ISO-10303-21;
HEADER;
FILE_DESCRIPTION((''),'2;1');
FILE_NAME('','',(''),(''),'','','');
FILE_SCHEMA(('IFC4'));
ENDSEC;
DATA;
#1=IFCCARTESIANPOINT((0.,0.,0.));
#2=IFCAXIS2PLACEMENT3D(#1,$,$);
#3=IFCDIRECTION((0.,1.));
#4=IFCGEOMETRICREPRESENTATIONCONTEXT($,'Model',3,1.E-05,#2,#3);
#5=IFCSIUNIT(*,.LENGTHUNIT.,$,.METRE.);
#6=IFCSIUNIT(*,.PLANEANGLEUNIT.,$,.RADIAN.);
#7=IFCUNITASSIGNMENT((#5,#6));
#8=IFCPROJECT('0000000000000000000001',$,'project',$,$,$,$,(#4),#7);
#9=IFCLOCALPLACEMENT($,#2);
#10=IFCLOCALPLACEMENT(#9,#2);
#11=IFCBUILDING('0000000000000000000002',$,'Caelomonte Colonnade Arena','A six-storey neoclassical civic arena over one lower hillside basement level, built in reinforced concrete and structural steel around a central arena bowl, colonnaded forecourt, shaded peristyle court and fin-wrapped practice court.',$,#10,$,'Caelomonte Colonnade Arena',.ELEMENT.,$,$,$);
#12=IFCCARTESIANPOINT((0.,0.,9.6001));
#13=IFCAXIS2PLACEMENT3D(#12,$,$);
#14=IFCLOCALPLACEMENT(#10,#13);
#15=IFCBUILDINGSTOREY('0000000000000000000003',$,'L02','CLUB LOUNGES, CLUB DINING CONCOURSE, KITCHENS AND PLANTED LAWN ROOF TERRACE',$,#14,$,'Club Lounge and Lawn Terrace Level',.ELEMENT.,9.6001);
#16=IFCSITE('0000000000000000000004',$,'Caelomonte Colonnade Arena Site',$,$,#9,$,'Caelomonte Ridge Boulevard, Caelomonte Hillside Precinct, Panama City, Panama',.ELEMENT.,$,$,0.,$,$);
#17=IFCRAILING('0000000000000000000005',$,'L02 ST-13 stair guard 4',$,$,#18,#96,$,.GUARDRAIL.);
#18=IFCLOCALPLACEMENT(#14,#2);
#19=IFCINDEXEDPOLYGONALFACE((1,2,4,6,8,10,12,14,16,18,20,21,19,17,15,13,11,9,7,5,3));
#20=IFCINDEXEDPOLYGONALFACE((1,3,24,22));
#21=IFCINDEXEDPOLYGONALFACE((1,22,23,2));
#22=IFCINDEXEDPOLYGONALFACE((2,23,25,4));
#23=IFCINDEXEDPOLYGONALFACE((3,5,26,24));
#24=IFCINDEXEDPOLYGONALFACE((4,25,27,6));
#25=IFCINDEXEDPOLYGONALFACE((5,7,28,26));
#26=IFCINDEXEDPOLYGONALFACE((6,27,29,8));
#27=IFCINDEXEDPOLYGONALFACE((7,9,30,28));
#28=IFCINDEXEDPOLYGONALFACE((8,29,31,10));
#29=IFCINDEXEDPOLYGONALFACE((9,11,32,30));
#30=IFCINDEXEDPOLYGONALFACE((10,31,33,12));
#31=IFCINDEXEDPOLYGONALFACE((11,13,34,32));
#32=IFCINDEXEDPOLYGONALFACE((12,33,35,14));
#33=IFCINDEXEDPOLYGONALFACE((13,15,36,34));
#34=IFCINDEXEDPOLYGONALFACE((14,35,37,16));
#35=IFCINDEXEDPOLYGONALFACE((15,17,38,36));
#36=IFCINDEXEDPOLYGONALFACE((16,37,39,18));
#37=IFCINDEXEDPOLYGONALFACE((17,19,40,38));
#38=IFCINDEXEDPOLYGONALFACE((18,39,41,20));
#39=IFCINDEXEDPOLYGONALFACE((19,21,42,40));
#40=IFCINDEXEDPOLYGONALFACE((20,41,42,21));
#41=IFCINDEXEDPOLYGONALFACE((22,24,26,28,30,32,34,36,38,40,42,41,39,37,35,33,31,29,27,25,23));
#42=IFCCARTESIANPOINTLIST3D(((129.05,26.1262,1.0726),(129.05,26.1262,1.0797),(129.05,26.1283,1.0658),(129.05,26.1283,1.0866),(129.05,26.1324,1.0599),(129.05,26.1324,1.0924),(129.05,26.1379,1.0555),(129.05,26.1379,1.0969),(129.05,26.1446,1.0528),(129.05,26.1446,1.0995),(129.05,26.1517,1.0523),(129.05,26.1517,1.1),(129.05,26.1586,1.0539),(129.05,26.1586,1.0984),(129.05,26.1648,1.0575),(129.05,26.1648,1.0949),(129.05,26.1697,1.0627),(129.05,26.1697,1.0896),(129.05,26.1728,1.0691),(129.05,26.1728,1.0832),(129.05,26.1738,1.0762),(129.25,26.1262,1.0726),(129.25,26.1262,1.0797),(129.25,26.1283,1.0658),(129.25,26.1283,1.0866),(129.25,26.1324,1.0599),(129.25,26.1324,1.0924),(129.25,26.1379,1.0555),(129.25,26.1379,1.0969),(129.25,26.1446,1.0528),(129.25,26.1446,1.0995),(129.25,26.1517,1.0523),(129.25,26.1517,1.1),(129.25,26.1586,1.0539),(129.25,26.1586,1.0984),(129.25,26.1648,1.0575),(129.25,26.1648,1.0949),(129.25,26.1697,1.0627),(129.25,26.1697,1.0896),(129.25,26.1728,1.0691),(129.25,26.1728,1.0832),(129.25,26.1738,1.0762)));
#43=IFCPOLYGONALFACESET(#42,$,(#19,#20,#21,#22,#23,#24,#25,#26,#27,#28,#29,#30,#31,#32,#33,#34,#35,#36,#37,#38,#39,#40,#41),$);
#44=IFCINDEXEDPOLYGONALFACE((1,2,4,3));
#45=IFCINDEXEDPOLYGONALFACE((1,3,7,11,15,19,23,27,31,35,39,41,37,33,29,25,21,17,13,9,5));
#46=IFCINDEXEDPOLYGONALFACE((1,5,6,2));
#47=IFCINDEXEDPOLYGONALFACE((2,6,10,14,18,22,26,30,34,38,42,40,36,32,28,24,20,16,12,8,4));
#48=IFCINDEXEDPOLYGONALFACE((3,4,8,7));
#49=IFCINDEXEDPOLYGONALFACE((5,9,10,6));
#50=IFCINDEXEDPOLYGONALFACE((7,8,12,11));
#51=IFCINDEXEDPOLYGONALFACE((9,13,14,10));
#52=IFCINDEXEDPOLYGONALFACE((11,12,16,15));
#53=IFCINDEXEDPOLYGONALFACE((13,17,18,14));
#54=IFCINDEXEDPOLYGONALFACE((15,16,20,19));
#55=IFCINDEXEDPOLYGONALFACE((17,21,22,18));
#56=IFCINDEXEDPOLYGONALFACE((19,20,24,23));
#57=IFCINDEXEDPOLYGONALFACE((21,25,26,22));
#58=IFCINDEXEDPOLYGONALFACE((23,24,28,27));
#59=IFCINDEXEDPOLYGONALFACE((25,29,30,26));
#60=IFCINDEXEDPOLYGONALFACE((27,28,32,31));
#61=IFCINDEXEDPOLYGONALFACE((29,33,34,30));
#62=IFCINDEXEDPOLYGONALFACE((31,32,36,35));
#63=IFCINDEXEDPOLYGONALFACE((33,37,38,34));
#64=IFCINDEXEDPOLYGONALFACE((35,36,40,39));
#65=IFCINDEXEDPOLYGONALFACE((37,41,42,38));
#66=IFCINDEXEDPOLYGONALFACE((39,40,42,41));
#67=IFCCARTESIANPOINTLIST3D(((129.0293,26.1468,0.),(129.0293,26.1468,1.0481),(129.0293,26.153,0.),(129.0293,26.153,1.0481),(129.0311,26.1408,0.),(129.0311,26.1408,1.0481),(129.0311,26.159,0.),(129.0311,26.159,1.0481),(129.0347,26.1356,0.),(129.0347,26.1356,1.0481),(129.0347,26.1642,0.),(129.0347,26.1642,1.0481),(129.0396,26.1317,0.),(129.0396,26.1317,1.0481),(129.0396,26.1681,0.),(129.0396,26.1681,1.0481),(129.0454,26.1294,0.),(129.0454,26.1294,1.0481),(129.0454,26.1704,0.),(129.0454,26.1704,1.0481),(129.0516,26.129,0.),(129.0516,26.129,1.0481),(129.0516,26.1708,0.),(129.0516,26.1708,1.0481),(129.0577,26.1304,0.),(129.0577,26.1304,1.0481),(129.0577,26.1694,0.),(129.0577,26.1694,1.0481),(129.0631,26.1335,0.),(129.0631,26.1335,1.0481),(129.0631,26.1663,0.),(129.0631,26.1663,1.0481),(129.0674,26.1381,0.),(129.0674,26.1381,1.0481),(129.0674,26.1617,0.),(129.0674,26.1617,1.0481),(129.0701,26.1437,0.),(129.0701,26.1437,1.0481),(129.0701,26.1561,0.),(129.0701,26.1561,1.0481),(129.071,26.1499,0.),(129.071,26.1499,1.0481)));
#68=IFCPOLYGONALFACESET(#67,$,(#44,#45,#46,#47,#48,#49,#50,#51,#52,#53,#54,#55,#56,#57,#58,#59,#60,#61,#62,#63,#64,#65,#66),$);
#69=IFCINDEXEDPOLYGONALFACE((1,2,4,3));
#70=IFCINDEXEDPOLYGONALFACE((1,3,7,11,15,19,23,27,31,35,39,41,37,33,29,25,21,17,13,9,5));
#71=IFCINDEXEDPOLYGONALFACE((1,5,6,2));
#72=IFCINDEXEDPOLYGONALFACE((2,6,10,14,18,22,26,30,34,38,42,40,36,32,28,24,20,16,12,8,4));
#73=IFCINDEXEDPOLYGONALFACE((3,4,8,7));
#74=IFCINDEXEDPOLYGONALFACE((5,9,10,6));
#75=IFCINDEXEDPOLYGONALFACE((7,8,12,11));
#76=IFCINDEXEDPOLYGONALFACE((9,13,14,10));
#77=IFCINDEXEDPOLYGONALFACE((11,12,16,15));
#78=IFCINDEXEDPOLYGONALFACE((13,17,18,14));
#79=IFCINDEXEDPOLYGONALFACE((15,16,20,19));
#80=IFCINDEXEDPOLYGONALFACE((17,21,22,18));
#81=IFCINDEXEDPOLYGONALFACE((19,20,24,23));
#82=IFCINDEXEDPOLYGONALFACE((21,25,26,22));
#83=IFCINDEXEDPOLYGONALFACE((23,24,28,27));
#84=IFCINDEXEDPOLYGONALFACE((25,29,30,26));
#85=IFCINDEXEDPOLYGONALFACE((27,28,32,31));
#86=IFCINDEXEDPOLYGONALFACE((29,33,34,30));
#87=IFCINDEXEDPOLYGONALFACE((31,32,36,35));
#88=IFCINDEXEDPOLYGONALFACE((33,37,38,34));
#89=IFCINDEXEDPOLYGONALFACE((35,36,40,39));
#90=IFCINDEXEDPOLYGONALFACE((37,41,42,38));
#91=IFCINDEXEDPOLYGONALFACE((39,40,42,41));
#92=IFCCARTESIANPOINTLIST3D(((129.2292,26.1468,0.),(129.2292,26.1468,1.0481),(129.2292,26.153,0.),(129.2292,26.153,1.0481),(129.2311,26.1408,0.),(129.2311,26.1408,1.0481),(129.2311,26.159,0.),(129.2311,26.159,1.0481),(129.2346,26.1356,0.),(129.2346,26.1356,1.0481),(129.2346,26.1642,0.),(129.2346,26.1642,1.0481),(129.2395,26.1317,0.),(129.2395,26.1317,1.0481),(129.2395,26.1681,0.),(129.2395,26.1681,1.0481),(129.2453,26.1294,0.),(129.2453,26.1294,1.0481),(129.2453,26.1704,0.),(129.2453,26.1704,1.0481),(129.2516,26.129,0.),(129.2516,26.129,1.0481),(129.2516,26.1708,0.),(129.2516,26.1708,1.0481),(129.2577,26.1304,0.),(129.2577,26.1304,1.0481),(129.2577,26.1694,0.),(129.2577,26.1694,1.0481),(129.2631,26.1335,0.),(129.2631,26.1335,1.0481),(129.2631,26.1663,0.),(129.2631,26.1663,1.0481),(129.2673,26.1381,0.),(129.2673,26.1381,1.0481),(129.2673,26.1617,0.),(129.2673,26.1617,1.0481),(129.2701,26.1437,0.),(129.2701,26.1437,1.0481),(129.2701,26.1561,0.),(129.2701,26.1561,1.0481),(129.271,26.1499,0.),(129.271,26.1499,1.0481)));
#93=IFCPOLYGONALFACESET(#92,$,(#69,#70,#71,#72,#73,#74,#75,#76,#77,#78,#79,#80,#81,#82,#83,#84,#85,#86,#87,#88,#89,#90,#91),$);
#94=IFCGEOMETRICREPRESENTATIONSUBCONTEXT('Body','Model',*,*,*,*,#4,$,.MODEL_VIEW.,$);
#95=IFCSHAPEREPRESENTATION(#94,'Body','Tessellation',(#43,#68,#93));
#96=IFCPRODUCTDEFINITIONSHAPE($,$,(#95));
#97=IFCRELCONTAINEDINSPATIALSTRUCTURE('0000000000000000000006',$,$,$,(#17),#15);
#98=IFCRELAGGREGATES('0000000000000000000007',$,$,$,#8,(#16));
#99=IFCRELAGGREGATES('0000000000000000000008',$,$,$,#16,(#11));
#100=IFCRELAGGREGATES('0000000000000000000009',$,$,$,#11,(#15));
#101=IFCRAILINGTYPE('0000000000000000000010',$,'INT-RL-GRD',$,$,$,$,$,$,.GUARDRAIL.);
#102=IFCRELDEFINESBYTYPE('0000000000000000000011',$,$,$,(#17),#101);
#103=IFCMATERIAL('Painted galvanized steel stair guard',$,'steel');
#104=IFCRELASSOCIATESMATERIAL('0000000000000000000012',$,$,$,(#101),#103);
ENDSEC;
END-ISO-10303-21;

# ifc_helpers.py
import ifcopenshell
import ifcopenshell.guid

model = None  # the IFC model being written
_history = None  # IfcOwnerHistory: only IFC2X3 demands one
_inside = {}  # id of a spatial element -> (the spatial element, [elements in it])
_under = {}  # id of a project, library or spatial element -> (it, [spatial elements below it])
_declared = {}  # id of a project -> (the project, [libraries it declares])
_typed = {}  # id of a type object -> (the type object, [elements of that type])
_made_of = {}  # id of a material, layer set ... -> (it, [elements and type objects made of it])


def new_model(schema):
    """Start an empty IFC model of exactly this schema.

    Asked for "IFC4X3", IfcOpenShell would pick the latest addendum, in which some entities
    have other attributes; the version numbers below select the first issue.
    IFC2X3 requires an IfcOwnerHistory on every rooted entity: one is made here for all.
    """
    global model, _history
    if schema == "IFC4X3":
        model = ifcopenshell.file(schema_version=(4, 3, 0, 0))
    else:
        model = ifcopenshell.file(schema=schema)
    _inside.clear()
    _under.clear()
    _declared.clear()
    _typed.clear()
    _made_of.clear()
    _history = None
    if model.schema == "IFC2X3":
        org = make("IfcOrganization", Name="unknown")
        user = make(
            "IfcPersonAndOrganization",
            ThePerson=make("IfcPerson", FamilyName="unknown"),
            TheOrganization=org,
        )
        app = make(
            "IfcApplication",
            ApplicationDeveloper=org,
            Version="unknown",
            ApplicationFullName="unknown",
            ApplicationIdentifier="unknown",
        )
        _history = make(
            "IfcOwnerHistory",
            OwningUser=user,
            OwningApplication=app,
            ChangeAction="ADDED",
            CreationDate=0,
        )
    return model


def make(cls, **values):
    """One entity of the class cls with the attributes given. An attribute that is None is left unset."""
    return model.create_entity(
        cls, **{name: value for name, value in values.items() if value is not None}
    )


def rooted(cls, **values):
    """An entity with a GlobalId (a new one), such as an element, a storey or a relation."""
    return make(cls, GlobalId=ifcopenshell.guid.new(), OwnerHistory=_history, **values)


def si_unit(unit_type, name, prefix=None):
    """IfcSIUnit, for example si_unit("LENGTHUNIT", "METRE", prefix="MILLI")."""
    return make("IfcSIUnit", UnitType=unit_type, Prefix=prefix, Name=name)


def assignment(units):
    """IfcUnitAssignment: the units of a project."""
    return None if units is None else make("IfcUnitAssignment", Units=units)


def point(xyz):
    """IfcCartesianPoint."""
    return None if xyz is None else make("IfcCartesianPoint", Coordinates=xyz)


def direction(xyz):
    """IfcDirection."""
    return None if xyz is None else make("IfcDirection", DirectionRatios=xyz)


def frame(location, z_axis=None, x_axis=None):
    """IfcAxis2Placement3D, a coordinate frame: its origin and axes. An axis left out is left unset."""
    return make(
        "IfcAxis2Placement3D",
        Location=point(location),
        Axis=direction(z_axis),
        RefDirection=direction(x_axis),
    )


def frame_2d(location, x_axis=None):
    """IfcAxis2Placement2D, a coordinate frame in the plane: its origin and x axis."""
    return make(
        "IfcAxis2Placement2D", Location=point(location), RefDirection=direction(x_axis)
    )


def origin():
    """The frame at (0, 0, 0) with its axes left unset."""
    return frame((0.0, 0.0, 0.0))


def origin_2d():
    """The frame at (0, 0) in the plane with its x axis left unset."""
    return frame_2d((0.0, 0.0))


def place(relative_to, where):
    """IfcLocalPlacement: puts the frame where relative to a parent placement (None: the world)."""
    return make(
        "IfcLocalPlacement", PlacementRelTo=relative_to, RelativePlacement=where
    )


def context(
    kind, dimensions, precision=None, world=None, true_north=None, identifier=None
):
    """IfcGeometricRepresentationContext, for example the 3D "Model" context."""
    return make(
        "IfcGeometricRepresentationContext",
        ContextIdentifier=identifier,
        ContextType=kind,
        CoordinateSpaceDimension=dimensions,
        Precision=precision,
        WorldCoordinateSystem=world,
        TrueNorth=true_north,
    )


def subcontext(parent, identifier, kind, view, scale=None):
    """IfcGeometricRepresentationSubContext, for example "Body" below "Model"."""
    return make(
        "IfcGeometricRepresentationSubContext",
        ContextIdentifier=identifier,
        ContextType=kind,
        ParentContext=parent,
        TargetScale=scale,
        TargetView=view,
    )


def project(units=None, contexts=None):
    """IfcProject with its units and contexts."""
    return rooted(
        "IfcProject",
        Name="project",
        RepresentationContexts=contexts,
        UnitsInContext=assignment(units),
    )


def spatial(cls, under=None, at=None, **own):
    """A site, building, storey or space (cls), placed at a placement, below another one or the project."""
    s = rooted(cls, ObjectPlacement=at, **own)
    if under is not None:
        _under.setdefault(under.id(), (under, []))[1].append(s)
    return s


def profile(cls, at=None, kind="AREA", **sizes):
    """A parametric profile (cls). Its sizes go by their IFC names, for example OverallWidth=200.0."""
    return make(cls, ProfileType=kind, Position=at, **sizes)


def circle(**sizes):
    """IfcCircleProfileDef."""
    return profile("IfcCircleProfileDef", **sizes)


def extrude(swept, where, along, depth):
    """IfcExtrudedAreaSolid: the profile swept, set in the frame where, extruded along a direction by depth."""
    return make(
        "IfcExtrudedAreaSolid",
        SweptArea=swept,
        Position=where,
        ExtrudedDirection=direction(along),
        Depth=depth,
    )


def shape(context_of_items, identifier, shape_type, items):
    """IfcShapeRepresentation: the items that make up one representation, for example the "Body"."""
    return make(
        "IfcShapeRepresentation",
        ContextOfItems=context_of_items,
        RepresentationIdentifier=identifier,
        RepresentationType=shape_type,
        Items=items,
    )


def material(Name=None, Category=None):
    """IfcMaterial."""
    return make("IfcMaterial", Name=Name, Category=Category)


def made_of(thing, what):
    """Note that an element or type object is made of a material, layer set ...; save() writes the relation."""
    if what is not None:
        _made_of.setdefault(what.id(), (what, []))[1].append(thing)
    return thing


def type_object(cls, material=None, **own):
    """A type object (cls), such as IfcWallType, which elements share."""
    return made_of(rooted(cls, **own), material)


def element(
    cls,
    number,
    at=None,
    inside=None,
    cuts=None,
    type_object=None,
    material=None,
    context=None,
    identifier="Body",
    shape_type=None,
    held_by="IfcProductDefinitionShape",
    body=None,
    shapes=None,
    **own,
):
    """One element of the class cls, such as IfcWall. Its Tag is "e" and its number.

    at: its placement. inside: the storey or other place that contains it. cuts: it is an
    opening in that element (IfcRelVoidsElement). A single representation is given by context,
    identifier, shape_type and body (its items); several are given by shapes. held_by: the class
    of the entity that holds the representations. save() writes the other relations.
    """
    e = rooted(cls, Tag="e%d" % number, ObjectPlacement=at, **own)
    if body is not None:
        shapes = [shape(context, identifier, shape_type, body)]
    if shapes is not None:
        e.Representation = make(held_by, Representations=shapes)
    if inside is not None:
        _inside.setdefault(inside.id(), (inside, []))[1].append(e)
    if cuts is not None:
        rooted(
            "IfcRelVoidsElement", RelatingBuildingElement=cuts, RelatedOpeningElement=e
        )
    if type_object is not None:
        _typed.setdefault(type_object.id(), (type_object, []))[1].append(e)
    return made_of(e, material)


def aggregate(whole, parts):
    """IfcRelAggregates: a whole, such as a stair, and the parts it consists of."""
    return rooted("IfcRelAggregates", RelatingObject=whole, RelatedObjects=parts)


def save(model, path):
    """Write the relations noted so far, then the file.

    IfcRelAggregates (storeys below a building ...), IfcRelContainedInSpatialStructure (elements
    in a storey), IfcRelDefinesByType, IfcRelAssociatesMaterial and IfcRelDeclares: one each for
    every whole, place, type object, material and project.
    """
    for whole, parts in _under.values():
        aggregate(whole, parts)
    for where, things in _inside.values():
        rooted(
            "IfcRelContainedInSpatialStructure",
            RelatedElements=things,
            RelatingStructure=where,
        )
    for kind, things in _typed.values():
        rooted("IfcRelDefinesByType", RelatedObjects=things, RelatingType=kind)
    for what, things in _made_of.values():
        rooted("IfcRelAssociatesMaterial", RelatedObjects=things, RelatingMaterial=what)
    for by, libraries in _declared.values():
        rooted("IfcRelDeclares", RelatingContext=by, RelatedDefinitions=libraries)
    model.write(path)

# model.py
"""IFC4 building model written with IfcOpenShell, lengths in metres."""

from ifc_helpers import new_model, si_unit, direction, frame, origin, origin_2d, place, context, subcontext, project, spatial, circle, extrude, material, type_object, element, save


model = new_model("IFC4")

# Units and contexts
model_context = context("Model", 3, precision=1e-05, world=origin(), true_north=direction((0.0, 1.0)))
body_context = subcontext(model_context, "Body", "Model", "MODEL_VIEW")
ifc_project = project(units=[si_unit("LENGTHUNIT", "METRE"), si_unit("PLANEANGLEUNIT", "RADIAN")], contexts=[model_context])

# Site, building, storey
site_placement = place(None, origin())
site = spatial("IfcSite", under=ifc_project, at=site_placement, Name="Caelomonte Colonnade Arena Site", LongName="Caelomonte Ridge Boulevard, Caelomonte Hillside Precinct, Panama City, Panama", CompositionType="ELEMENT", RefElevation=0.0)
building_placement = place(site_placement, origin())
building = spatial("IfcBuilding", under=site, at=building_placement, Name="Caelomonte Colonnade Arena", Description="A six-storey neoclassical civic arena over one lower hillside basement level, built in reinforced concrete and structural steel around a central arena bowl, colonnaded forecourt, shaded peristyle court and fin-wrapped practice court.", LongName="Caelomonte Colonnade Arena", CompositionType="ELEMENT")
storey_placement = place(building_placement, frame((0.0, 0.0, 9.6001)))
storey = spatial("IfcBuildingStorey", under=building, at=storey_placement, Name="L02", Description="CLUB LOUNGES, CLUB DINING CONCOURSE, KITCHENS AND PLANTED LAWN ROOF TERRACE", LongName="Club Lounge and Lawn Terrace Level", CompositionType="ELEMENT", Elevation=9.6001)

# Railing
ifc_material_1 = material(Name="Painted galvanized steel stair guard", Category="steel")
railing_type_1 = type_object("IfcRailingType", Name="INT-RL-GRD", PredefinedType="GUARDRAIL", material=ifc_material_1)
railing_1_placement = place(storey_placement, frame((129.05, 26.1499, 0.0)))
element("IfcRailing", 1, at=railing_1_placement, inside=storey, type_object=railing_type_1, Name="L02 ST-13 stair guard 4", PredefinedType="GUARDRAIL", context=body_context, shape_type="SweptSolid", body=[
    extrude(circle(Radius=0.0239, at=origin_2d()), frame((0.0, 0.0, 1.0762), z_axis=(1.0, 0.0, 0.0), x_axis=(0.0, 1.0, 0.0)), (0.0, 0.0, 1.0), 0.2),
    extrude(circle(Radius=0.021, at=origin_2d()), origin(), (0.0, 0.0, 1.0), 1.0481),
    extrude(circle(Radius=0.021, at=origin_2d()), frame((0.2, 0.0, 0.0)), (0.0, 0.0, 1.0), 1.0481),
])

save(model, "model.ifc")
